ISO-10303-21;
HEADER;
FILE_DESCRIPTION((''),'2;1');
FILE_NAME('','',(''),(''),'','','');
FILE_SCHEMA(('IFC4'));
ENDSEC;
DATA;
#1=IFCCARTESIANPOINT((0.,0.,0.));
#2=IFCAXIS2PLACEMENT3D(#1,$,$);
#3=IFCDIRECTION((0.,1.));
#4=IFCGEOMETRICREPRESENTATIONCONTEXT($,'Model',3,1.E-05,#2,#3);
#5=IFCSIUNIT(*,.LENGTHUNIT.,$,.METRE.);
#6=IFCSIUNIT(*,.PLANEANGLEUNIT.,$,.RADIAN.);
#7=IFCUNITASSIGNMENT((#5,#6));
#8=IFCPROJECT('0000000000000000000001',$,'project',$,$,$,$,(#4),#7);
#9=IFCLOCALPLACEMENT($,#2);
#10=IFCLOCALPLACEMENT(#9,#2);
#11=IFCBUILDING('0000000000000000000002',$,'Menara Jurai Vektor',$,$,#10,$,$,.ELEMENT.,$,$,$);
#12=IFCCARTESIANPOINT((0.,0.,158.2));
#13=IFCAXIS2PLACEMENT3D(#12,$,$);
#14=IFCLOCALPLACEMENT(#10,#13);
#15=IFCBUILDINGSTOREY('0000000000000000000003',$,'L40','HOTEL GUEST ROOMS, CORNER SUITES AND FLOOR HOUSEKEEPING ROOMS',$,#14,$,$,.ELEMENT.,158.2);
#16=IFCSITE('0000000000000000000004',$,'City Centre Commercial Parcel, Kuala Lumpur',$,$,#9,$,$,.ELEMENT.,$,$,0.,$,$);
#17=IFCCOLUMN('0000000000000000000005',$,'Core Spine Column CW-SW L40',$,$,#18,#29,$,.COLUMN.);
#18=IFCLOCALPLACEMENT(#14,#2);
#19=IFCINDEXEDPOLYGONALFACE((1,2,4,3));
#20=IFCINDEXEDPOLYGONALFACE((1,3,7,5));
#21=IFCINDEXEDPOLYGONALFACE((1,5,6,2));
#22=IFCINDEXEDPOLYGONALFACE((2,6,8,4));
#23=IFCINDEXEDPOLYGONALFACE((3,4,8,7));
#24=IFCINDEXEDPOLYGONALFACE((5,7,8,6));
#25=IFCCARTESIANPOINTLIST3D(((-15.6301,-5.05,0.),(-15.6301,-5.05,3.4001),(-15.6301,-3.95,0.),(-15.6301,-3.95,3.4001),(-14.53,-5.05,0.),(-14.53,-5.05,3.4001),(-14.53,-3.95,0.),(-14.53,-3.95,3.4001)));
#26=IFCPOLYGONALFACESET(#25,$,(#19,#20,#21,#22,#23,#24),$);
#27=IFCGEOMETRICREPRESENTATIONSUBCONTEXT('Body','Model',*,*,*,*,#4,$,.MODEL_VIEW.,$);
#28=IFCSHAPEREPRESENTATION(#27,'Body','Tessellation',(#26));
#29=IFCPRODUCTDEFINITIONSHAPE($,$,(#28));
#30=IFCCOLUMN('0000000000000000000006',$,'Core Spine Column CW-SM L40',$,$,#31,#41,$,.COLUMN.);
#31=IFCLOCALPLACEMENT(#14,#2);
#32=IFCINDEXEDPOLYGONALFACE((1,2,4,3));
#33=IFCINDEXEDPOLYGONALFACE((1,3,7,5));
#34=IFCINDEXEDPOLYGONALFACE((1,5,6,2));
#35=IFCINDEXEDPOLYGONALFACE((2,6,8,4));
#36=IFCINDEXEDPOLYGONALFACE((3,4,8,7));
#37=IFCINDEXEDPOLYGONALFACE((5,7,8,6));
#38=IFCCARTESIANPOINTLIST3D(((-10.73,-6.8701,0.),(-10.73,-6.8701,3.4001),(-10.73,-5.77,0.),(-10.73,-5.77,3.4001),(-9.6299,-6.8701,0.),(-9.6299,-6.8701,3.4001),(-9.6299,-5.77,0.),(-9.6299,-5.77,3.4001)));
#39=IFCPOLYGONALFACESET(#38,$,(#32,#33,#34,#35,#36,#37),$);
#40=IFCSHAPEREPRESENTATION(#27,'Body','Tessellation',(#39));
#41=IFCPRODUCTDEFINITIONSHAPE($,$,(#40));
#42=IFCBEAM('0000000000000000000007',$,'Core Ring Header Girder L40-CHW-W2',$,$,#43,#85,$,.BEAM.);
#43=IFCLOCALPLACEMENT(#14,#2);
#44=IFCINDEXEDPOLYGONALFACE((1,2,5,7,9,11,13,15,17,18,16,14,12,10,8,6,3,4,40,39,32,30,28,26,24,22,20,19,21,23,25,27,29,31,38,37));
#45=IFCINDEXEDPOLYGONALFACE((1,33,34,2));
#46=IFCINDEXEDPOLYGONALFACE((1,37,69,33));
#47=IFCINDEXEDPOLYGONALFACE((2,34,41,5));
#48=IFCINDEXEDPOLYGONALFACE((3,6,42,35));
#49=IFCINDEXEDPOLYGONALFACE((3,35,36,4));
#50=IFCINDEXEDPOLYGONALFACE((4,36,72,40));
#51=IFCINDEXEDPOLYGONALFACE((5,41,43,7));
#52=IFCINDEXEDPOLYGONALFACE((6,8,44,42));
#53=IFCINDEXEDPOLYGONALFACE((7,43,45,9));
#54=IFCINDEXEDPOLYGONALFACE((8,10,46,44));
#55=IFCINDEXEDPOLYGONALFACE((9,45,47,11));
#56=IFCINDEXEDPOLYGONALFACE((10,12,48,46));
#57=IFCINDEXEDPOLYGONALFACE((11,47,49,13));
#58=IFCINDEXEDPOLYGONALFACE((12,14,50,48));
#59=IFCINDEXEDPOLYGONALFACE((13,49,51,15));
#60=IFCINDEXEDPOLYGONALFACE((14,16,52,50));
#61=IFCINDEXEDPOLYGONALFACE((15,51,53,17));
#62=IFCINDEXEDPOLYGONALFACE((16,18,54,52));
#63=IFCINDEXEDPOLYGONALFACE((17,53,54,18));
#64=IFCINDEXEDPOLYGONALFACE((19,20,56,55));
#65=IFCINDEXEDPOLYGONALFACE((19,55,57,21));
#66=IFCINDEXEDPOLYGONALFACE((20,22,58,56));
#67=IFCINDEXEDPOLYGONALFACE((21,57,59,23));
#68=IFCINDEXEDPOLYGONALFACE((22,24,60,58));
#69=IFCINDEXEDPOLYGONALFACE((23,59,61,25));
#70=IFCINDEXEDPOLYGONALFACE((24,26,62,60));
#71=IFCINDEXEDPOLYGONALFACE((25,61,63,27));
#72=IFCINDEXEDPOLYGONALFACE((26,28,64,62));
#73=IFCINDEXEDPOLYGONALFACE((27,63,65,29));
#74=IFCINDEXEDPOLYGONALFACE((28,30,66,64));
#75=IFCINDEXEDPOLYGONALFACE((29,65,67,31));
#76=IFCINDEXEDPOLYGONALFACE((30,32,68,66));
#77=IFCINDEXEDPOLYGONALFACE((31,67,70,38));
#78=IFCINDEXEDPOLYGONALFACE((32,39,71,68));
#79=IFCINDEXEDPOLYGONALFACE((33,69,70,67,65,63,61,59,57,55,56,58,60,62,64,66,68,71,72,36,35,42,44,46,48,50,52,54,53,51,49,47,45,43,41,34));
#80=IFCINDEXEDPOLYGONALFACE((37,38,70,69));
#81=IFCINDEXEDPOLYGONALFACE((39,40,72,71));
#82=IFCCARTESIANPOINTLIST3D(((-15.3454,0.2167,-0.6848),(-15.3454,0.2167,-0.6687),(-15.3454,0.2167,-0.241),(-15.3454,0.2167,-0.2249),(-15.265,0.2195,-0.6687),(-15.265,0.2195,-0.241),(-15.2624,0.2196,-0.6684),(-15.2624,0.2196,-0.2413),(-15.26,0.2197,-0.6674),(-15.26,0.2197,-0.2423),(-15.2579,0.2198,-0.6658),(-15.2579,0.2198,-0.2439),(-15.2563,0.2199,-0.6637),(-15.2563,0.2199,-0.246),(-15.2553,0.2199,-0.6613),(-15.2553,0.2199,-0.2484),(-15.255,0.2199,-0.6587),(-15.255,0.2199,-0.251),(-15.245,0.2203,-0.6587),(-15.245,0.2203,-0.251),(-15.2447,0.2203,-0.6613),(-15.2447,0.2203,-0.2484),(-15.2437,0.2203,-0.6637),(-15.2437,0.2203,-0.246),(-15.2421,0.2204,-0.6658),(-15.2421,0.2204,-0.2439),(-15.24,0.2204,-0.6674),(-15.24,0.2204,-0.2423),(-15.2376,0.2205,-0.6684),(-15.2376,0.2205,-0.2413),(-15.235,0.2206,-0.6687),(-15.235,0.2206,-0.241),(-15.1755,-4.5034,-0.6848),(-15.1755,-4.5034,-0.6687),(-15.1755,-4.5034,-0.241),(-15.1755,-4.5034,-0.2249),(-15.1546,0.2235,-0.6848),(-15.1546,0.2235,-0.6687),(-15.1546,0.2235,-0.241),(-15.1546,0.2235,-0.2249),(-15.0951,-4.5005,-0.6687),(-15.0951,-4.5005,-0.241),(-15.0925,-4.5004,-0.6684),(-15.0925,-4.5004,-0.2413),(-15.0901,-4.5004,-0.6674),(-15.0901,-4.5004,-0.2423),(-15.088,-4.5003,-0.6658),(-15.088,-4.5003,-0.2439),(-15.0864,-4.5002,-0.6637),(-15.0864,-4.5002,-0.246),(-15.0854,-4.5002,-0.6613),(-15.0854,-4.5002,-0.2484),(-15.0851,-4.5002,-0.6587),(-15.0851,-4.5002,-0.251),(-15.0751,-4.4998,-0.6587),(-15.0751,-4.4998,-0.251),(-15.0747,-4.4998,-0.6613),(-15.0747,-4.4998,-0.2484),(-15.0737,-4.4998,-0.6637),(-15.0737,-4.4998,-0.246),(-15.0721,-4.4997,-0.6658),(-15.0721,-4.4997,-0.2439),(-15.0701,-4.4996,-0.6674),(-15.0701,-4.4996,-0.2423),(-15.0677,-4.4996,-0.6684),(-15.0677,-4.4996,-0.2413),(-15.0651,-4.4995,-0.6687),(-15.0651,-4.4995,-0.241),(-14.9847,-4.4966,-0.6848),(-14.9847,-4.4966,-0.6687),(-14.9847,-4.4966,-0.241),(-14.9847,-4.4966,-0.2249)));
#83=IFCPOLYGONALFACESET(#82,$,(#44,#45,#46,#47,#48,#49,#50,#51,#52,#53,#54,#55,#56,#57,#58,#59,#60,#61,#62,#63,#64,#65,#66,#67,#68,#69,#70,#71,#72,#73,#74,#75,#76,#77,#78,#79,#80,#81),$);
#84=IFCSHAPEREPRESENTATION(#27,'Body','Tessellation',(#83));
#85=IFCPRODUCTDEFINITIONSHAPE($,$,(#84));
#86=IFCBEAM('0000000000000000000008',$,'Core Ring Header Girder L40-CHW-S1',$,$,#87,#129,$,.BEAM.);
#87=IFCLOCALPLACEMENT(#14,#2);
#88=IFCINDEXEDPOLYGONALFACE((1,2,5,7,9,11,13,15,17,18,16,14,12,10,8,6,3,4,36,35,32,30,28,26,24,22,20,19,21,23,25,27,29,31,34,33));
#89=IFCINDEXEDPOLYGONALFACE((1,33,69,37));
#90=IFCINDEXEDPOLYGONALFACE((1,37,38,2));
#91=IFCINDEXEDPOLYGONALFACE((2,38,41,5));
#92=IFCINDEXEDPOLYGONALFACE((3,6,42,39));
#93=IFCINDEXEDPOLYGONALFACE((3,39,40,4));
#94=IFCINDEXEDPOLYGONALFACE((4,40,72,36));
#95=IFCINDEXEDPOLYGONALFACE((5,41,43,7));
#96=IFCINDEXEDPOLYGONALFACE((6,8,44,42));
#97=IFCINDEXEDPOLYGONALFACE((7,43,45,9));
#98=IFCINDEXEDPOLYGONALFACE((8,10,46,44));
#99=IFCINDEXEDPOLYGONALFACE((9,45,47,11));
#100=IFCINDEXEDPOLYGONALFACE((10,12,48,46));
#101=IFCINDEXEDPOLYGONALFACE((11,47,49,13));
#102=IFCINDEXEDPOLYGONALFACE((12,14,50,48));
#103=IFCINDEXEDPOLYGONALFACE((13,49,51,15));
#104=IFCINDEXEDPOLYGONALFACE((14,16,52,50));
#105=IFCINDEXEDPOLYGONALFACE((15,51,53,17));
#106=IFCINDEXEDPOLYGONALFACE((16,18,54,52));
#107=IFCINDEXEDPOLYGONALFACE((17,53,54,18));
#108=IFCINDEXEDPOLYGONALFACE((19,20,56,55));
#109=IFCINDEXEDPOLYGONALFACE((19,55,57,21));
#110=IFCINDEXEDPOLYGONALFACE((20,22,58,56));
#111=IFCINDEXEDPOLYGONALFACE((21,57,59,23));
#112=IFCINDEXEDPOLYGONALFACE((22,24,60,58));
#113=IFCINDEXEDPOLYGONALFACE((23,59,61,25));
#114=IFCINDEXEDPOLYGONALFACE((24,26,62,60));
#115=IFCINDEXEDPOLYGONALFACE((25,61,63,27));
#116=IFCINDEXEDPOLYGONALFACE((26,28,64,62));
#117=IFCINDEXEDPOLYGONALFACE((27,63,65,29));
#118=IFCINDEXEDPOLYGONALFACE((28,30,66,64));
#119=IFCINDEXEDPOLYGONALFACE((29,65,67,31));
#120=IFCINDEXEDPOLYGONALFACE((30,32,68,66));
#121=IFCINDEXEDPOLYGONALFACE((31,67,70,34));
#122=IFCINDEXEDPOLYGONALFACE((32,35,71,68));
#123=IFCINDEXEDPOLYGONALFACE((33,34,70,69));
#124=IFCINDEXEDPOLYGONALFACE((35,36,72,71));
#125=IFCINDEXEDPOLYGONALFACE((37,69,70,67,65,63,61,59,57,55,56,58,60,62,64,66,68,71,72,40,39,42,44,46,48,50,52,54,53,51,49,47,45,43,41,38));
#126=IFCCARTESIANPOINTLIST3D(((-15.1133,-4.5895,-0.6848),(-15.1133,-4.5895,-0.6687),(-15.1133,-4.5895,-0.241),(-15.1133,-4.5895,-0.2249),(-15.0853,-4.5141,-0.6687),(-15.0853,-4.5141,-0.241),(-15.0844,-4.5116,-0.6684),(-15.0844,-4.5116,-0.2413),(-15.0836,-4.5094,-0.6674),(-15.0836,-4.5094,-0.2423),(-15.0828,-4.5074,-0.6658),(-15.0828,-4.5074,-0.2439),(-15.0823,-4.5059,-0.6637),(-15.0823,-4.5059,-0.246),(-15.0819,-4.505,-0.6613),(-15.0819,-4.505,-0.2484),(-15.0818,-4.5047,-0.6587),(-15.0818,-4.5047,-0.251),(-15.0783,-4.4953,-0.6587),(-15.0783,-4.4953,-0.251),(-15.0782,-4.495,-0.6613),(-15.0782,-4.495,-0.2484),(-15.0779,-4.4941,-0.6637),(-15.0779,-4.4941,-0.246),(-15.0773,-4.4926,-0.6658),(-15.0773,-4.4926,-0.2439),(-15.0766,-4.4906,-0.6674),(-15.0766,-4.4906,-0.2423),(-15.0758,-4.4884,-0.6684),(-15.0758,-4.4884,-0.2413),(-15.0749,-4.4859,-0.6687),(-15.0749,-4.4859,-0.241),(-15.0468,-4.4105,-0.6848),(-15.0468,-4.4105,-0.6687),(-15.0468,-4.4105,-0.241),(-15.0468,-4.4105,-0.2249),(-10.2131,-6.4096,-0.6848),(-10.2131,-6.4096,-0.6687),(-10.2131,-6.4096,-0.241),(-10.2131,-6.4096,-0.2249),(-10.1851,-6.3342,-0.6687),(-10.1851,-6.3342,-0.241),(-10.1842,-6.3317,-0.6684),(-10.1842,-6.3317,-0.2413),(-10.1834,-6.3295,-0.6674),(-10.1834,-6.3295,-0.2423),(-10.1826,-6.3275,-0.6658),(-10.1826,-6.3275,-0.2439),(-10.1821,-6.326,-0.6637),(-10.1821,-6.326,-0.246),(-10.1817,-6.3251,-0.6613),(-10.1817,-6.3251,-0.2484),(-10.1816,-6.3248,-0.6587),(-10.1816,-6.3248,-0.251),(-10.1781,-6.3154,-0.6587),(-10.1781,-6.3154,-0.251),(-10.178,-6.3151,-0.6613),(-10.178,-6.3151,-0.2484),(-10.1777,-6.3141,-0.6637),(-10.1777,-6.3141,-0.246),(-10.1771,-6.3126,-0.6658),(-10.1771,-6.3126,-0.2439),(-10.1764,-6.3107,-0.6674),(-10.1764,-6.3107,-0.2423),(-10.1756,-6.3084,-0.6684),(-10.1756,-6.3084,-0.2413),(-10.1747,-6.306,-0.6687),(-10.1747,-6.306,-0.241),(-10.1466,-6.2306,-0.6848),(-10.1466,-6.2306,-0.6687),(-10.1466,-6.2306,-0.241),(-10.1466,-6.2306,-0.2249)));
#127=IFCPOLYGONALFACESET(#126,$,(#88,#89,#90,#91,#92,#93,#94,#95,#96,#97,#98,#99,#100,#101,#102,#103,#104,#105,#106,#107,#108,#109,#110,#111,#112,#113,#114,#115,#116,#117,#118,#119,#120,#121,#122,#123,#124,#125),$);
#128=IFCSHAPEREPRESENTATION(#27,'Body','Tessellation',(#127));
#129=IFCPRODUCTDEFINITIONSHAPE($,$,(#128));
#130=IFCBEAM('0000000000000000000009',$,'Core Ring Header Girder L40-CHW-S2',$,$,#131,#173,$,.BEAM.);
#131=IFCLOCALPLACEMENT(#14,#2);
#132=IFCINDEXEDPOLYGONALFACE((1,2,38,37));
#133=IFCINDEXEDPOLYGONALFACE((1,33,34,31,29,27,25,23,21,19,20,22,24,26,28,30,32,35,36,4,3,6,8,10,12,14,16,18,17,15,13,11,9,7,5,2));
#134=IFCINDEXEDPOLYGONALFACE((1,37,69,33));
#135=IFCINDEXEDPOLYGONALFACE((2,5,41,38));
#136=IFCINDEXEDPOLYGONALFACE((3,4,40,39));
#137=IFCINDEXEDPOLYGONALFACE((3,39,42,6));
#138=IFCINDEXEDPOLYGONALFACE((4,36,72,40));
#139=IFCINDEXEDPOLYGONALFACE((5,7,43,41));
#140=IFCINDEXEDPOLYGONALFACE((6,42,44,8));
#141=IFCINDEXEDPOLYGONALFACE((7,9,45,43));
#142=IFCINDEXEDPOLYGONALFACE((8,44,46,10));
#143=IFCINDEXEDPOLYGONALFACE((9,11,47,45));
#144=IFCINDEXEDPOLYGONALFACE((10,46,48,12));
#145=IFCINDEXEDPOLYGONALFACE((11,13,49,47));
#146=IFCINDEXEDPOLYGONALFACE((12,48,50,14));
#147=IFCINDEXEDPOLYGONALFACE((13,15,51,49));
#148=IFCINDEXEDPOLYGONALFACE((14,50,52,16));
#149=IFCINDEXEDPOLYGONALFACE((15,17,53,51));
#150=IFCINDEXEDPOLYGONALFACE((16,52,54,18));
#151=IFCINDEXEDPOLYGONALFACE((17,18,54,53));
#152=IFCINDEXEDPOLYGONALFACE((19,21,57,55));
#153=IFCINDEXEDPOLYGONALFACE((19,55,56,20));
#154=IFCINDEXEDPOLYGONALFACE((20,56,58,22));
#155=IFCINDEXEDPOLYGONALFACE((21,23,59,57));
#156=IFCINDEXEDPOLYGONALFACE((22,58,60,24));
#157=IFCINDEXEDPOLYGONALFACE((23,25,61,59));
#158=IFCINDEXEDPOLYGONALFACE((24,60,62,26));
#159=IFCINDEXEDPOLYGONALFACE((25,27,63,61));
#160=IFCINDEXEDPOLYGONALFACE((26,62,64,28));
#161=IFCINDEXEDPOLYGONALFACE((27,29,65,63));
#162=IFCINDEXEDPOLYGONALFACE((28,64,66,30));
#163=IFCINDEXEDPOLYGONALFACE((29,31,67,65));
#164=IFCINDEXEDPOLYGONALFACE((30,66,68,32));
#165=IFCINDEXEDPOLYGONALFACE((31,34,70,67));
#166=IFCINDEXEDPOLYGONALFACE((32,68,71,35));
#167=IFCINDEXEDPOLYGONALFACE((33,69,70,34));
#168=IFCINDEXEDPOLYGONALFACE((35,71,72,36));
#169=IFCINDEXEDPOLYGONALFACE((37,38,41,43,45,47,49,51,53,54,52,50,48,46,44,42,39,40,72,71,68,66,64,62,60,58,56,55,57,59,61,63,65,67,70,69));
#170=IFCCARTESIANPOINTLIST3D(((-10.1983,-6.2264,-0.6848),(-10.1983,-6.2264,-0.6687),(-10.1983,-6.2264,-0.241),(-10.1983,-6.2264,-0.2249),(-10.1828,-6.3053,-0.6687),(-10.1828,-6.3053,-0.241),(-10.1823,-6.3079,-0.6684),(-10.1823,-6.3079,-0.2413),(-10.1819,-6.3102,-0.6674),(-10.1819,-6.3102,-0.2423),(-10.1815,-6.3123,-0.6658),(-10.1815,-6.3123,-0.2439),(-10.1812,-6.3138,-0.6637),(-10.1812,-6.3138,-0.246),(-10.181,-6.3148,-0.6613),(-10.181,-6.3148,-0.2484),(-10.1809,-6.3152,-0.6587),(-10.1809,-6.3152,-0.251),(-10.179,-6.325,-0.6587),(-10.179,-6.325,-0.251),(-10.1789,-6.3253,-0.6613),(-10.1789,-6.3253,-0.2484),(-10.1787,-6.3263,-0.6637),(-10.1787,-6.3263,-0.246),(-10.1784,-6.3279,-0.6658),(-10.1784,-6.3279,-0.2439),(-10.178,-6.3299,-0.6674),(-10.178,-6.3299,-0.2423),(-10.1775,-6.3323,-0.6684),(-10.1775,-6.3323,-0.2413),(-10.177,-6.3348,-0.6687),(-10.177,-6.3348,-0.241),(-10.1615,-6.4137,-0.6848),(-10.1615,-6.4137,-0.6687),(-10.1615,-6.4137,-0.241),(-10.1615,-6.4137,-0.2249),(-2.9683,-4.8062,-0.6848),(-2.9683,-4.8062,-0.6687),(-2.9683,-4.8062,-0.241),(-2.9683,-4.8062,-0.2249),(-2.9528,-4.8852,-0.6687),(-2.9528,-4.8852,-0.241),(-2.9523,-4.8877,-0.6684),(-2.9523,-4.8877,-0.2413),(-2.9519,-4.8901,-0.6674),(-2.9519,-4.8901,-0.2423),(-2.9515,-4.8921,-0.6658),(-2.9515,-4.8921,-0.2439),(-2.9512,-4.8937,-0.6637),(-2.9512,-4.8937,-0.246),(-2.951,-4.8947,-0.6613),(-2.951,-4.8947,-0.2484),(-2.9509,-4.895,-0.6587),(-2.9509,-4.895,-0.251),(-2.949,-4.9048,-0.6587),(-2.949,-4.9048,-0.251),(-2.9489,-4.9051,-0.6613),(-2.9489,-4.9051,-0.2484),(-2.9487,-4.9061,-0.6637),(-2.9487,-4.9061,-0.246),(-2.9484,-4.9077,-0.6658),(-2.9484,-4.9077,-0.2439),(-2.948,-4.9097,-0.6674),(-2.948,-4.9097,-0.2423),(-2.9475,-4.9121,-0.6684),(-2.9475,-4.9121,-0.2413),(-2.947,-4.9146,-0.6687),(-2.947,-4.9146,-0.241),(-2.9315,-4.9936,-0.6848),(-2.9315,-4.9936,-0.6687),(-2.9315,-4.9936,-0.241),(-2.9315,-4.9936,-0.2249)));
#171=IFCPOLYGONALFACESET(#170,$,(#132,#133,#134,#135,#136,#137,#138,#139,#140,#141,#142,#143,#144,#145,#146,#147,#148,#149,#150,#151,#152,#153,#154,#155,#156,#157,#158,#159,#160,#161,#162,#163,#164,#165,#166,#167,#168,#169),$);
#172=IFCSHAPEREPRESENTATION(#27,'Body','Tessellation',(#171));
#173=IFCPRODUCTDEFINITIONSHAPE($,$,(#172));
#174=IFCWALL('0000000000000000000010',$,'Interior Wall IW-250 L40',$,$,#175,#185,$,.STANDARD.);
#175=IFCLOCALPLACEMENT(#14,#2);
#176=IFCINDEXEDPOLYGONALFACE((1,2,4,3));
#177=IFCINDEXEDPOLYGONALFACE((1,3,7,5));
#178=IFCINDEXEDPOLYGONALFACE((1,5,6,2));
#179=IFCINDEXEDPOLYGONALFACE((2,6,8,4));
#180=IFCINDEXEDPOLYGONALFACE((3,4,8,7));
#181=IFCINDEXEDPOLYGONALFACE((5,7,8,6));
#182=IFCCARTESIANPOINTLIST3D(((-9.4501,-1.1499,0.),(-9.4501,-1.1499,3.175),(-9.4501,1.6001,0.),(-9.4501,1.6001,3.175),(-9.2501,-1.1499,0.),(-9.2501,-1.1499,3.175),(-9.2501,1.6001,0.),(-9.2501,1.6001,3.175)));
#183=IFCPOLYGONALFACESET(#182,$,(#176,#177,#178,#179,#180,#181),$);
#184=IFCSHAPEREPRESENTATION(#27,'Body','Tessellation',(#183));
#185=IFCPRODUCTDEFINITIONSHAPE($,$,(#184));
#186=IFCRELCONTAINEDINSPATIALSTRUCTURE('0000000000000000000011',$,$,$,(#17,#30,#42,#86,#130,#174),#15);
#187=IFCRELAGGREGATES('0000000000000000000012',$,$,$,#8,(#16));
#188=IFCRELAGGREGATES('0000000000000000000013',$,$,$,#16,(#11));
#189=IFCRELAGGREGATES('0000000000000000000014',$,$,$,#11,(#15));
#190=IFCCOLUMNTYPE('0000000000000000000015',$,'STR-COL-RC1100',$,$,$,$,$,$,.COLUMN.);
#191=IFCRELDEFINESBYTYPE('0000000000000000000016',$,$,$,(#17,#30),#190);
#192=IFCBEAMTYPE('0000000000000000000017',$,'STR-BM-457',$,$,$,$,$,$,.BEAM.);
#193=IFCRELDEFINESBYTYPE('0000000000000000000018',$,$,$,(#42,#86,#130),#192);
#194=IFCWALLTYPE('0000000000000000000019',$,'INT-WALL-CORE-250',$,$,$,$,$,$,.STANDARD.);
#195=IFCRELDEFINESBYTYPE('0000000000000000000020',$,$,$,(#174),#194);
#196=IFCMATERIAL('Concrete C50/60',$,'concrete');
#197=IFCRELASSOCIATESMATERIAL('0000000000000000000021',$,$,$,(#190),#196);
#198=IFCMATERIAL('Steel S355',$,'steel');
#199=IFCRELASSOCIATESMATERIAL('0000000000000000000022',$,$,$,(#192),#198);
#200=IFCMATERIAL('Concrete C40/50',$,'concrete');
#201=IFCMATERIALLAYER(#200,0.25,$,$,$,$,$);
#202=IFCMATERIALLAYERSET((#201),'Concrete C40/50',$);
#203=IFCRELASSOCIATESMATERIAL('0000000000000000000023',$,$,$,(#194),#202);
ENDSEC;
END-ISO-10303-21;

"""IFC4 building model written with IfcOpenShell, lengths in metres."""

from ifc_helpers import new_model, si_unit, direction, frame, frame_2d, origin, origin_2d, place, context, subcontext, project, spatial, rectangle, i_section, extrude, material, layer, layer_set, material_profile, profile_set, type_object, element, save


model = new_model("IFC4")

# Units and contexts
model_context = context("Model", 3, precision=1e-05, world=origin(), true_north=direction((0.0, 1.0)))
body_context = subcontext(model_context, "Body", "Model", "MODEL_VIEW")
ifc_project = project(units=[si_unit("LENGTHUNIT", "METRE"), si_unit("PLANEANGLEUNIT", "RADIAN")], contexts=[model_context])

# Site, building, storey
site_placement = place(None, origin())
site = spatial("IfcSite", under=ifc_project, at=site_placement, Name="City Centre Commercial Parcel, Kuala Lumpur", CompositionType="ELEMENT", RefElevation=0.0)
building_placement = place(site_placement, origin())
building = spatial("IfcBuilding", under=site, at=building_placement, Name="Menara Jurai Vektor", CompositionType="ELEMENT")
storey_placement = place(building_placement, frame((0.0, 0.0, 158.2)))
storey = spatial("IfcBuildingStorey", under=building, at=storey_placement, Name="L40", Description="HOTEL GUEST ROOMS, CORNER SUITES AND FLOOR HOUSEKEEPING ROOMS", CompositionType="ELEMENT", Elevation=158.2)

# Columns
ifc_material_1 = material(Name="Concrete C50/60", Category="concrete")
ifc_material_profile_1 = material_profile(ifc_material_1, rectangle(XDim=1.1001, YDim=1.1001, at=origin_2d()), Name="RC 1100x1100")
ifc_profile_set_1 = profile_set([ifc_material_profile_1], Name="Concrete C50/60")
column_type = type_object("IfcColumnType", Name="STR-COL-RC1100", PredefinedType="COLUMN", material=ifc_profile_set_1)
for number, where, z_axis, x_axis, name in (
    (1, (-15.0801, -4.5, 0.0), (0.0, 0.0, 1.0), (1.0, 0.0, 0.0), "Core Spine Column CW-SW L40"),
    (2, (-10.1799, -6.3201, 0.0), (0.0, 0.0, 1.0), (1.0, 0.0, 0.0), "Core Spine Column CW-SM L40"),
):
    element("IfcColumn", number, at=place(storey_placement, frame(where, z_axis=z_axis, x_axis=x_axis)), inside=storey, type_object=column_type, Name=name, PredefinedType="COLUMN", context=body_context, shape_type="SweptSolid", body=[
        extrude(rectangle(XDim=1.1001, YDim=1.1001, at=origin_2d()), origin(), (0.0, 0.0, 1.0), 3.4001),
    ])

# Beams
ifc_material_2 = material(Name="Steel S355", Category="steel")
ifc_material_profile_2 = material_profile(ifc_material_2, i_section(OverallWidth=0.1909, OverallDepth=0.46, WebThickness=0.01, FlangeThickness=0.0161, FilletRadius=0.01, at=origin_2d()), Name="UKB 457x191x82")
ifc_profile_set_2 = profile_set([ifc_material_profile_2], Name="Steel S355")
beam_type = type_object("IfcBeamType", Name="STR-BM-457", PredefinedType="BEAM", material=ifc_profile_set_2)
beam_1_placement = place(storey_placement, frame((-15.0801, -4.5, -0.4548), z_axis=(-0.035977, 0.999353, 0.0), x_axis=(-0.999353, -0.035977, 0.0)))
element("IfcBeam", 3, at=beam_1_placement, inside=storey, type_object=beam_type, Name="Core Ring Header Girder L40-CHW-W2", PredefinedType="BEAM", context=body_context, shape_type="SweptSolid", body=[
    extrude(i_section(OverallWidth=0.1909, OverallDepth=0.46, WebThickness=0.01, FlangeThickness=0.0161, FilletRadius=0.01, at=origin_2d()), origin(), (0.0, 0.0, 1.0), 4.7231),
])
beam_2_placement = place(storey_placement, frame((-15.0801, -4.5, -0.4548), z_axis=(0.937424, -0.348189, 0.0), x_axis=(0.348189, 0.937424, 0.0)))
element("IfcBeam", 4, at=beam_2_placement, inside=storey, type_object=beam_type, Name="Core Ring Header Girder L40-CHW-S1", PredefinedType="BEAM", context=body_context, shape_type="SweptSolid", body=[
    extrude(i_section(OverallWidth=0.1909, OverallDepth=0.46, WebThickness=0.01, FlangeThickness=0.0161, FilletRadius=0.01, at=origin_2d()), origin(), (0.0, 0.0, 1.0), 5.2273),
])
beam_3_placement = place(storey_placement, frame((-10.1799, -6.3201, -0.4548), z_axis=(0.981249, 0.192744, 0.0), x_axis=(-0.192744, 0.981249, 0.0)))
element("IfcBeam", 5, at=beam_3_placement, inside=storey, type_object=beam_type, Name="Core Ring Header Girder L40-CHW-S2", PredefinedType="BEAM", context=body_context, shape_type="SweptSolid", body=[
    extrude(i_section(OverallWidth=0.1909, OverallDepth=0.46, WebThickness=0.01, FlangeThickness=0.0161, FilletRadius=0.01, at=origin_2d()), origin(), (0.0, 0.0, 1.0), 7.3682),
])

# Shared definitions
ifc_material_3 = material(Name="Concrete C40/50", Category="concrete")
ifc_layer_1 = layer(ifc_material_3, 0.25)
ifc_layer_set_1 = layer_set([ifc_layer_1], Name="Concrete C40/50")
wall_type_1 = type_object("IfcWallType", Name="INT-WALL-CORE-250", PredefinedType="STANDARD", material=ifc_layer_set_1)

# Wall
wall_1_placement = place(storey_placement, frame((-9.3501, -1.1499, 0.0), z_axis=(0.0, 0.0, 1.0), x_axis=(0.0, 1.0, 0.0)))
element("IfcWall", 6, at=wall_1_placement, inside=storey, type_object=wall_type_1, Name="Interior Wall IW-250 L40", PredefinedType="STANDARD", context=body_context, shape_type="SweptSolid", body=[
    extrude(rectangle(XDim=2.75, YDim=0.2, at=frame_2d((1.375, 0.0))), origin(), (0.0, 0.0, 1.0), 3.175),
])

save(model, "model.ifc")
